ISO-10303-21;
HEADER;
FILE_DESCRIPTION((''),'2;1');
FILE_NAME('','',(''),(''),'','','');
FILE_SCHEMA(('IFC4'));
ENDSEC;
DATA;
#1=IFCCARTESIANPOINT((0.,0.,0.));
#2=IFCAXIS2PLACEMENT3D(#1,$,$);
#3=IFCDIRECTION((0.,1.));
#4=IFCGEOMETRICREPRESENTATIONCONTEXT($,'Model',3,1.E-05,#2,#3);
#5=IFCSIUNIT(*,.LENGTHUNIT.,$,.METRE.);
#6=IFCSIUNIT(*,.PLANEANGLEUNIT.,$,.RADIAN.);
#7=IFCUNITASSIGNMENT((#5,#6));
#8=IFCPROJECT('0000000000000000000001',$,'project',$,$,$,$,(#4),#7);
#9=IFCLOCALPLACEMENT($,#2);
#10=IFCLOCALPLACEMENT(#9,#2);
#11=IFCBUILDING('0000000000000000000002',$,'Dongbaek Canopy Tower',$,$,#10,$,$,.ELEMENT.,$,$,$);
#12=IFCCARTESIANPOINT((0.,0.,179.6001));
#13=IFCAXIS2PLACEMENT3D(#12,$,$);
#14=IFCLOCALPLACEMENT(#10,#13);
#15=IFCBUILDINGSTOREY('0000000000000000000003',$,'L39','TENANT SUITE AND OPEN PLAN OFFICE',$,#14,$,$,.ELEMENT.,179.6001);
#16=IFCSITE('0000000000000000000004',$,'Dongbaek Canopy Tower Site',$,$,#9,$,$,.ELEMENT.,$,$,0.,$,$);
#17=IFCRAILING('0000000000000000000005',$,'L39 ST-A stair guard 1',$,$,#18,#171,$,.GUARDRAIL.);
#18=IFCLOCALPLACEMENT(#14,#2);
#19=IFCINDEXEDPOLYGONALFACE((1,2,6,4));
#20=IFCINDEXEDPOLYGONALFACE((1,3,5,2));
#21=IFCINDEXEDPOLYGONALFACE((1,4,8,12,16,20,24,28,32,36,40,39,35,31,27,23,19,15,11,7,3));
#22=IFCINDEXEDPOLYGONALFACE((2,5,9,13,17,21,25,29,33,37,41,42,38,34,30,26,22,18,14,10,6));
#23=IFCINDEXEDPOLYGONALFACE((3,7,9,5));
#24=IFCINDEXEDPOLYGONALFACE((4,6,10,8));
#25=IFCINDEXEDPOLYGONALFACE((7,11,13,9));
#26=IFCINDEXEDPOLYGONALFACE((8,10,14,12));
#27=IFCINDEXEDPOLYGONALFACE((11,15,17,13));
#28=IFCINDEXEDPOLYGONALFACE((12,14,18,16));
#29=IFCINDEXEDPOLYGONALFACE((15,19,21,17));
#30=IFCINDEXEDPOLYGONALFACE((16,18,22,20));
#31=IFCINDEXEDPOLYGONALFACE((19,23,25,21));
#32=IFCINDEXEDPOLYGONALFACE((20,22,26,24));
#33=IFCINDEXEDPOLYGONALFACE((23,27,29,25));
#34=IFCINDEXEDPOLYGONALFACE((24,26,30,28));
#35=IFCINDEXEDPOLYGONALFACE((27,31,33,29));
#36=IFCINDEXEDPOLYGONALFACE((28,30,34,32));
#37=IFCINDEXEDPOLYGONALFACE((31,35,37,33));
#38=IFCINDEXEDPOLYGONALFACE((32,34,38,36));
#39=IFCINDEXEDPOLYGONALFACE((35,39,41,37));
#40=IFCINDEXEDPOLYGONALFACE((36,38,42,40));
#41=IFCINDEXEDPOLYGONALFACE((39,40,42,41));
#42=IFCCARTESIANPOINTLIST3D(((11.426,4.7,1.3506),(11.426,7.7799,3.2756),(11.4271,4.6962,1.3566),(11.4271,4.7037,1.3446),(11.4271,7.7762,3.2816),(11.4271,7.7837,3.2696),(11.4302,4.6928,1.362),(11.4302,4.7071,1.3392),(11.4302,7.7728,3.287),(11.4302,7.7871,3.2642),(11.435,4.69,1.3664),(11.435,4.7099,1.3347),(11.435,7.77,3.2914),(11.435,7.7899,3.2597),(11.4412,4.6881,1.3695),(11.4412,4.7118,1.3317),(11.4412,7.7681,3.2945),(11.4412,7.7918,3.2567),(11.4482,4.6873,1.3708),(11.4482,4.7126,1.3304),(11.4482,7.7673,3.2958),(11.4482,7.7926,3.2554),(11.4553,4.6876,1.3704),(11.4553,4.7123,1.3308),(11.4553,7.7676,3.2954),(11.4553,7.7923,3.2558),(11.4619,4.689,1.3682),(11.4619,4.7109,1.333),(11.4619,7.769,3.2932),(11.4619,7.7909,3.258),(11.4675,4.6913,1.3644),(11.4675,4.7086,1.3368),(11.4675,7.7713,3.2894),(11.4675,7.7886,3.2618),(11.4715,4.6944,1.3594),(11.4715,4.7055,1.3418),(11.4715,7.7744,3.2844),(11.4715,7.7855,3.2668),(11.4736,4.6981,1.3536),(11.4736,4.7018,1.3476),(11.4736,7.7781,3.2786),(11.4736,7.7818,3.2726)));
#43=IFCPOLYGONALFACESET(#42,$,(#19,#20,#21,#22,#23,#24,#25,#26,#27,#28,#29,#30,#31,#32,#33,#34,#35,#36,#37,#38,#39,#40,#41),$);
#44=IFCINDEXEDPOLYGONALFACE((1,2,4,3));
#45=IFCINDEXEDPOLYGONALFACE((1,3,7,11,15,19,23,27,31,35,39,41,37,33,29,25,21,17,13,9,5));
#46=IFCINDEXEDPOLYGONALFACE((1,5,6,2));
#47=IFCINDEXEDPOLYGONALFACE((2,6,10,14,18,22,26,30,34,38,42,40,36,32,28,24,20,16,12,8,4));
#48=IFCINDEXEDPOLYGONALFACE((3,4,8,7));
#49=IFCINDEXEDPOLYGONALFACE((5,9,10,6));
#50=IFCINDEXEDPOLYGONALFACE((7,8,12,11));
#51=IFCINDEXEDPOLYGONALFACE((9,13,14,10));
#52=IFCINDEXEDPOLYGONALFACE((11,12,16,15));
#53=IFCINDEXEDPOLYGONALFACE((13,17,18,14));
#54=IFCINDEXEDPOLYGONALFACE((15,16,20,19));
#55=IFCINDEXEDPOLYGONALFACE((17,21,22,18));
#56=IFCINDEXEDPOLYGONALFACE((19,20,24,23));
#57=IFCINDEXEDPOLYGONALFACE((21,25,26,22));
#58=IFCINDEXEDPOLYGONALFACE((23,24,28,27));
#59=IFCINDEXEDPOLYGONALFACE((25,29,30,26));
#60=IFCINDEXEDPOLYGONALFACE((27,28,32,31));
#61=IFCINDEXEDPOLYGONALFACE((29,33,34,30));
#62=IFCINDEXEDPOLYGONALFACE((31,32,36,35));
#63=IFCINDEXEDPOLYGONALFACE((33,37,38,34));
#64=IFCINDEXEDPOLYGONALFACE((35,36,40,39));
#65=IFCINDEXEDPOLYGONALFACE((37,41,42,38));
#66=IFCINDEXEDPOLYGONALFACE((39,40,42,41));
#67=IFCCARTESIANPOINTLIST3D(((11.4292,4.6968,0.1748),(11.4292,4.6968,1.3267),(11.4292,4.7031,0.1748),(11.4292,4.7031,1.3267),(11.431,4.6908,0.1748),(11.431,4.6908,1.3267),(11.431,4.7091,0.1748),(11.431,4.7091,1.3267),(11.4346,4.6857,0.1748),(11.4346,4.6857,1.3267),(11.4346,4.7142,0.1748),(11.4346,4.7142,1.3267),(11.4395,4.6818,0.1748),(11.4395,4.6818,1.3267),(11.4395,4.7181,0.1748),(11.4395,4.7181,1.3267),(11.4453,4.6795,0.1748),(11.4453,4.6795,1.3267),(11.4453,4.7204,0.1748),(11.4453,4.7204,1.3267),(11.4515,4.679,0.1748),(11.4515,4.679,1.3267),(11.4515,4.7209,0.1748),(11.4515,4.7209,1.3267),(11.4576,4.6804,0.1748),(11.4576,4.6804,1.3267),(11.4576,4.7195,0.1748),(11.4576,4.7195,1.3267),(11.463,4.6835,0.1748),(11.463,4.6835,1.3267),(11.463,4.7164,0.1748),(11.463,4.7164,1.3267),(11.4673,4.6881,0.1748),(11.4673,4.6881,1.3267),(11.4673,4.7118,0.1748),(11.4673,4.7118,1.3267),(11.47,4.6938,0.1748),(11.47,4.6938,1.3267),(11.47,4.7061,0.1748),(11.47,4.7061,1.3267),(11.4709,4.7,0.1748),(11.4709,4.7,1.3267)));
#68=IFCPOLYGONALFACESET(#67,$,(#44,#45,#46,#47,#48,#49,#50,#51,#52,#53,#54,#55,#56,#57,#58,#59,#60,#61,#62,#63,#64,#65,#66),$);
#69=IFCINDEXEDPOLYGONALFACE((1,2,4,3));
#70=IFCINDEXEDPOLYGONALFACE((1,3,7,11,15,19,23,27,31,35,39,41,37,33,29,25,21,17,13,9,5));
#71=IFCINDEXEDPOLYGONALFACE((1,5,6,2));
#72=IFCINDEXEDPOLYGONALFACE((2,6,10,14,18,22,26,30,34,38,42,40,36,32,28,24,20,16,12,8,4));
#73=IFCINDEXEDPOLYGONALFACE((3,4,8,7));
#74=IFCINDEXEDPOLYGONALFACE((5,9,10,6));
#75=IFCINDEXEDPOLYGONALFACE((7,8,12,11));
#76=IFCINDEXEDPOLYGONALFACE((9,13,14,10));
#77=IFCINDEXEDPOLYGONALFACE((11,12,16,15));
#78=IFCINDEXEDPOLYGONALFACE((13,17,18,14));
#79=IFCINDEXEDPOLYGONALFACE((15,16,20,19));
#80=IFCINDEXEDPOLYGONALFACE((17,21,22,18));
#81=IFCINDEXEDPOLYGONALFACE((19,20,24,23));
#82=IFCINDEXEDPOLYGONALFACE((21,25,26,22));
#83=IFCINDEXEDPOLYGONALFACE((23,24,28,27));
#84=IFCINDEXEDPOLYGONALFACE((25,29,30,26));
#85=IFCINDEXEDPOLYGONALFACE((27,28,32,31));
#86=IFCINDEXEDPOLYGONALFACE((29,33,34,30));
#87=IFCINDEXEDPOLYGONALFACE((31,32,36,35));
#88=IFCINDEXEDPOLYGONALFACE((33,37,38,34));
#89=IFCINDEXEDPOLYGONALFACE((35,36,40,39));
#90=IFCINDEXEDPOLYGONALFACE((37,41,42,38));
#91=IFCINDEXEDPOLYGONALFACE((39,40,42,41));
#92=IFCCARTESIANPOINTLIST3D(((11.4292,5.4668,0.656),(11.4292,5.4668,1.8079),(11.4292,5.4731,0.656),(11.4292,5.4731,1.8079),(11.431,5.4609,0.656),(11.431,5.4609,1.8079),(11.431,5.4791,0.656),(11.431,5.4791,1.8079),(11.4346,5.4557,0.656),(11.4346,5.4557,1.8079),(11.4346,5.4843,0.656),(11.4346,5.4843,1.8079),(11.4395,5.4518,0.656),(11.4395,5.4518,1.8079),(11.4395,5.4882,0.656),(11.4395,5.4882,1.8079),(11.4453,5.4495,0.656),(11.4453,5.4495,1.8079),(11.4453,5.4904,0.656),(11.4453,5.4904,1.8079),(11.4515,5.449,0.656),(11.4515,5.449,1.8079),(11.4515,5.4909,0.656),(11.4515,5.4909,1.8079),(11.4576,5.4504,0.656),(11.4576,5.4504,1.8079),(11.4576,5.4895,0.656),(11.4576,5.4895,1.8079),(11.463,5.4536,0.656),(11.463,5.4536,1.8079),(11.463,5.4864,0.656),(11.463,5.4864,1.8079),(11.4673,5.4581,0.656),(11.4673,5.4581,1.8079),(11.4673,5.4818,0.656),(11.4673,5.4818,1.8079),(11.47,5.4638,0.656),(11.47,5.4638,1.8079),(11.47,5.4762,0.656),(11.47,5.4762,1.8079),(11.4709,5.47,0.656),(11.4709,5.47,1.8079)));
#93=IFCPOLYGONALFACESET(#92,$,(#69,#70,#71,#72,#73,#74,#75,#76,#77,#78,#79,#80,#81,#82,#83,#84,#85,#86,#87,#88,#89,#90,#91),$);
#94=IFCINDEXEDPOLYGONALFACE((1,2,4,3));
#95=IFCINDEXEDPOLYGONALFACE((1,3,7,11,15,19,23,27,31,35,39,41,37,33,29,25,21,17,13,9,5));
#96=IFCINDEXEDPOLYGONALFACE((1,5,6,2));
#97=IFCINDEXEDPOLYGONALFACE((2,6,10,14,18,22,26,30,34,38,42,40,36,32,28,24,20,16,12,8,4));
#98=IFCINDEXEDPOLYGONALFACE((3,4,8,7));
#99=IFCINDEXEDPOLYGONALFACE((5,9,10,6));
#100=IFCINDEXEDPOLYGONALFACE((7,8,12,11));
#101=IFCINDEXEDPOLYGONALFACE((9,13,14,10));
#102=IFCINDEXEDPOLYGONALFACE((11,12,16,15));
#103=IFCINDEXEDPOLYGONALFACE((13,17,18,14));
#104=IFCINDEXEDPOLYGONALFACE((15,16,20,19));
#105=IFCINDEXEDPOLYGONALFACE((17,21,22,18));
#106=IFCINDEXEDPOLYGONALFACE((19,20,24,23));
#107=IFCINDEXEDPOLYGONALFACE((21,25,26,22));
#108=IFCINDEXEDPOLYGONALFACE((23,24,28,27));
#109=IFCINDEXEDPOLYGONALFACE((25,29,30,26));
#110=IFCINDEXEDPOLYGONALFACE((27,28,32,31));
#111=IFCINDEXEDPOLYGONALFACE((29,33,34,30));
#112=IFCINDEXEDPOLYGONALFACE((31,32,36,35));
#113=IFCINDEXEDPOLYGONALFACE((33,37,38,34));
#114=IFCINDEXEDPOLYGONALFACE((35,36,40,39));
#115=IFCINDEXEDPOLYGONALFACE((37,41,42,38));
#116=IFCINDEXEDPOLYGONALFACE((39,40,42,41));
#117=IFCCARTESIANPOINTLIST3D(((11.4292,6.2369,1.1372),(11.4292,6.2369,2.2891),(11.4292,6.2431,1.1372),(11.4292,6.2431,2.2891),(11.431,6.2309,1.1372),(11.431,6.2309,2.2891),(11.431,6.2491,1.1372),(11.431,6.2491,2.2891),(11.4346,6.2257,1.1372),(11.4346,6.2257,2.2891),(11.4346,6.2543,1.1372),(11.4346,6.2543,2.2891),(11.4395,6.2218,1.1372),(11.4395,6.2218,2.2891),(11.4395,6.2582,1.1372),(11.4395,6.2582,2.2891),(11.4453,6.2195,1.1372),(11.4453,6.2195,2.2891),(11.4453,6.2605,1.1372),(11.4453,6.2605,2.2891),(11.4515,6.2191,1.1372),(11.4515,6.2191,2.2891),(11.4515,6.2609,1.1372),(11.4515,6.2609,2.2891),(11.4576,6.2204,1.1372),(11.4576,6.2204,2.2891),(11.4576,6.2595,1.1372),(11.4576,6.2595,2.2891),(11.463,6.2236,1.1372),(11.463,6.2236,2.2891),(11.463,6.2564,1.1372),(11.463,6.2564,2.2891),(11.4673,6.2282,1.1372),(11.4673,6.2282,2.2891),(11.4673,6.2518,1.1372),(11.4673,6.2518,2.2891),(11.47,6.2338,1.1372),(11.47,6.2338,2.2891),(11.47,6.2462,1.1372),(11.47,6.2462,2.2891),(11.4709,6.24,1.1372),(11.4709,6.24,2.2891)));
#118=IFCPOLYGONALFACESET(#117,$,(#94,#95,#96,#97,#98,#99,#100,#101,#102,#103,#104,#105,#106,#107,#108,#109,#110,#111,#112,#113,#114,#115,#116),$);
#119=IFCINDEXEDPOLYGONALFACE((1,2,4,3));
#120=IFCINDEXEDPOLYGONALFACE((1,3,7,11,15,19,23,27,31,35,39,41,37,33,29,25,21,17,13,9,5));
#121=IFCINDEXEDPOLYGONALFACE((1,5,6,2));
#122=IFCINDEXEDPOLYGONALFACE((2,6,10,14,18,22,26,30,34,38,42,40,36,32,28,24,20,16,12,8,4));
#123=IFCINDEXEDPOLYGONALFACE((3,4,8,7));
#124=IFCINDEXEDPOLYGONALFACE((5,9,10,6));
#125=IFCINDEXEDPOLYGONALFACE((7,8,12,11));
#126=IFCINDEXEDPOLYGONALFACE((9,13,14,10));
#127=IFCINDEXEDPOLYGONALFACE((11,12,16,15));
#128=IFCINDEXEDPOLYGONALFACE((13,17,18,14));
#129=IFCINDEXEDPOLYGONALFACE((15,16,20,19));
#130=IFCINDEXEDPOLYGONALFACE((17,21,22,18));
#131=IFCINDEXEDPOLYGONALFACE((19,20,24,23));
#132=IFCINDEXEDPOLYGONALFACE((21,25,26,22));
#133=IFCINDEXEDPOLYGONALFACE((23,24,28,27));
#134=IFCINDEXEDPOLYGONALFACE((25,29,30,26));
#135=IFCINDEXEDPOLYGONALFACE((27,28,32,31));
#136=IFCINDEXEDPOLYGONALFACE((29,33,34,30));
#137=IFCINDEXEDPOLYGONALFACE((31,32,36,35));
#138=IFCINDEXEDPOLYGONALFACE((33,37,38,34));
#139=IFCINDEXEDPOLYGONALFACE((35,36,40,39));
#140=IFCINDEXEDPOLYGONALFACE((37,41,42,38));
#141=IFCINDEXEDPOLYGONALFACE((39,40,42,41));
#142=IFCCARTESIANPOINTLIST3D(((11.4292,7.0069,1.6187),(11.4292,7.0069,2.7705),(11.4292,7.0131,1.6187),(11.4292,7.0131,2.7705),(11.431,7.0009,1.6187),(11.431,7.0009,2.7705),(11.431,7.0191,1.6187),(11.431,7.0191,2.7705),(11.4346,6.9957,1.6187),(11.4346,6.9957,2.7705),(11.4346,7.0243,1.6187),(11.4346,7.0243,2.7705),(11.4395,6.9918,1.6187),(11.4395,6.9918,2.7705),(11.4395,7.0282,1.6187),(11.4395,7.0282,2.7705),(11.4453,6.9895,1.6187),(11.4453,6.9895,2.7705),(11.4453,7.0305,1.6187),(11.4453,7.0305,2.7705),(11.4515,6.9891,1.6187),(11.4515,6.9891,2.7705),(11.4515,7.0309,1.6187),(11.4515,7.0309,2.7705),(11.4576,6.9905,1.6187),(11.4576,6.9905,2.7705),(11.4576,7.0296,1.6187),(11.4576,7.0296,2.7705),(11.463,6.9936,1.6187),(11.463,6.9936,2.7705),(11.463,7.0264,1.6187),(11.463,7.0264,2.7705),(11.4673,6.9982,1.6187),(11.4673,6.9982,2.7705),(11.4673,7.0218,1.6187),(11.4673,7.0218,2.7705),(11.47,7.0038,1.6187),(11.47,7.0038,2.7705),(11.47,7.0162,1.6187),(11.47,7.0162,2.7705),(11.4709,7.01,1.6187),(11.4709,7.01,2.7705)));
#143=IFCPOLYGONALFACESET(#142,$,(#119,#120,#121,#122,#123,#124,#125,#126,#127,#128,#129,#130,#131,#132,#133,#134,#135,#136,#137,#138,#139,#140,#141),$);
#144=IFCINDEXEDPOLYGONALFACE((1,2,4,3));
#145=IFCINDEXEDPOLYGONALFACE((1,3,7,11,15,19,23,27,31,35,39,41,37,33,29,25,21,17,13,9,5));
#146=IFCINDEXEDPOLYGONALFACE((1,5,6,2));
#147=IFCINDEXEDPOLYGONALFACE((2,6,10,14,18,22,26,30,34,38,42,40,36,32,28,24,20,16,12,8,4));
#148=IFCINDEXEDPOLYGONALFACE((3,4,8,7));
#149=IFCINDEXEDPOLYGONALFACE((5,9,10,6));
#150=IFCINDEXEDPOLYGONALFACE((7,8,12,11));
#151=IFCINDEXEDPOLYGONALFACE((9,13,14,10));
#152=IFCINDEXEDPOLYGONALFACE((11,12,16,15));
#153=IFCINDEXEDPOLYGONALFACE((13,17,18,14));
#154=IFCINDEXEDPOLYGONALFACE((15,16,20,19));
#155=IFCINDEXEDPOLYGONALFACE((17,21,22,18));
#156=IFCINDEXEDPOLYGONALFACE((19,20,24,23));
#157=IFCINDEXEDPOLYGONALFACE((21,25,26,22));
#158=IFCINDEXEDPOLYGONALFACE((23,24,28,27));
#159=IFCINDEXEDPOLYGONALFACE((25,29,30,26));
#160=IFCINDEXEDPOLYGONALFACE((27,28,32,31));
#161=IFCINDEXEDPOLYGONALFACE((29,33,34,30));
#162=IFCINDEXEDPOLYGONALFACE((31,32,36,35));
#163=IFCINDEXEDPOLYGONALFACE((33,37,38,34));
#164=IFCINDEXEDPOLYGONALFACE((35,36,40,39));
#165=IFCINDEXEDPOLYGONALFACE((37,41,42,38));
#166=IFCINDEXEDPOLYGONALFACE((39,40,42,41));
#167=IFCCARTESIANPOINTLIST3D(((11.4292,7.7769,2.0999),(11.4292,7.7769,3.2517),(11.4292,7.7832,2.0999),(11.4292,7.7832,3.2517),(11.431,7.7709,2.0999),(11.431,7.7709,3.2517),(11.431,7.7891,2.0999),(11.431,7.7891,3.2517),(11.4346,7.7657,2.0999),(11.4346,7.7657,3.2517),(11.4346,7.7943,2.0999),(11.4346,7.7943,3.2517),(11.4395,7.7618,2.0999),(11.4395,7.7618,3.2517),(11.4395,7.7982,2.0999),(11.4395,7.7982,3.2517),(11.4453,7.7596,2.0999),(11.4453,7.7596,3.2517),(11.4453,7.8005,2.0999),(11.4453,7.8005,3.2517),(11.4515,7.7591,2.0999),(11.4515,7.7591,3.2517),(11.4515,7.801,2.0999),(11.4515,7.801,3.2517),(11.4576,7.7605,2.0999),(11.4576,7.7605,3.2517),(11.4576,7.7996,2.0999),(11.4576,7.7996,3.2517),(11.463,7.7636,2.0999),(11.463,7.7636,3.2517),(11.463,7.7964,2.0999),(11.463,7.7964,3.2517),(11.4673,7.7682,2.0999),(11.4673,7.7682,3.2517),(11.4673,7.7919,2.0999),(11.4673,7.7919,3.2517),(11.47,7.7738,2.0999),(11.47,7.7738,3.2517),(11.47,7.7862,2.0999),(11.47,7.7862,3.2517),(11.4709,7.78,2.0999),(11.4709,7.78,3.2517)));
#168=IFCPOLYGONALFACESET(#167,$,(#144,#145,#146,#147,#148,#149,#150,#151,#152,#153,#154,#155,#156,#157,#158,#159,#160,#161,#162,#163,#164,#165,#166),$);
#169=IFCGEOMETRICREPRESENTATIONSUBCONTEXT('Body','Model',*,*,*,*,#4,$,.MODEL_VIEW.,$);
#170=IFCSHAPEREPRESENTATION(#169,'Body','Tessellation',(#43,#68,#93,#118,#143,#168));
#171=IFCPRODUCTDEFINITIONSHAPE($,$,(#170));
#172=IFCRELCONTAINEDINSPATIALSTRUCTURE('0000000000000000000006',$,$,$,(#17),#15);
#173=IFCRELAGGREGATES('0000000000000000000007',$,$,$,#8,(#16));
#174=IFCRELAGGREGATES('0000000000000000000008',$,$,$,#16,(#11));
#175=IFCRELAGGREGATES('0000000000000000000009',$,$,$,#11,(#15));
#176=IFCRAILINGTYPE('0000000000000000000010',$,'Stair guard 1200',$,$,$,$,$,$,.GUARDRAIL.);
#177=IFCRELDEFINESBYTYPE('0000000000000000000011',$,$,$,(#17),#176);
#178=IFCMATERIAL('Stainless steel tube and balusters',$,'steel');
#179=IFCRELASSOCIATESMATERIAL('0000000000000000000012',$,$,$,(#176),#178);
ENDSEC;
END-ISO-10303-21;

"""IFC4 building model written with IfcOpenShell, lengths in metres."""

from ifc_helpers import new_model, si_unit, direction, frame, origin, origin_2d, place, context, subcontext, project, spatial, circle, extrude, material, type_object, element, save


model = new_model("IFC4")

# Units and contexts
model_context = context("Model", 3, precision=1e-05, world=origin(), true_north=direction((0.0, 1.0)))
body_context = subcontext(model_context, "Body", "Model", "MODEL_VIEW")
ifc_project = project(units=[si_unit("LENGTHUNIT", "METRE"), si_unit("PLANEANGLEUNIT", "RADIAN")], contexts=[model_context])

# Site, building, storey
site_placement = place(None, origin())
site = spatial("IfcSite", under=ifc_project, at=site_placement, Name="Dongbaek Canopy Tower Site", CompositionType="ELEMENT", RefElevation=0.0)
building_placement = place(site_placement, origin())
building = spatial("IfcBuilding", under=site, at=building_placement, Name="Dongbaek Canopy Tower", CompositionType="ELEMENT")
storey_placement = place(building_placement, frame((0.0, 0.0, 179.6001)))
storey = spatial("IfcBuildingStorey", under=building, at=storey_placement, Name="L39", Description="TENANT SUITE AND OPEN PLAN OFFICE", CompositionType="ELEMENT", Elevation=179.6001)

# Railing
ifc_material_1 = material(Name="Stainless steel tube and balusters", Category="steel")
railing_type_1 = type_object("IfcRailingType", Name="Stair guard 1200", PredefinedType="GUARDRAIL", material=ifc_material_1)
railing_1_placement = place(storey_placement, frame((11.45, 4.7, 0.1748)))
element("IfcRailing", 1, at=railing_1_placement, inside=storey, type_object=railing_type_1, Name="L39 ST-A stair guard 1", PredefinedType="GUARDRAIL", context=body_context, shape_type="SweptSolid", body=[
    extrude(circle(Radius=0.0239, at=origin_2d()), frame((0.0, 0.0, 1.1758), z_axis=(0.0, 0.847998, 0.529999), x_axis=(-1.0, 0.0, 0.0)), (0.0, 0.0, 1.0), 3.6321),
    extrude(circle(Radius=0.021, at=origin_2d()), origin(), (0.0, 0.0, 1.0), 1.1519),
    extrude(circle(Radius=0.021, at=origin_2d()), frame((0.0, 0.77, 0.4812)), (0.0, 0.0, 1.0), 1.1519),
    extrude(circle(Radius=0.021, at=origin_2d()), frame((0.0, 1.54, 0.9624)), (0.0, 0.0, 1.0), 1.1519),
    extrude(circle(Radius=0.021, at=origin_2d()), frame((0.0, 2.3101, 1.4438)), (0.0, 0.0, 1.0), 1.1519),
    extrude(circle(Radius=0.021, at=origin_2d()), frame((0.0, 3.0801, 1.925)), (0.0, 0.0, 1.0), 1.1519),
])

save(model, "model.ifc")
